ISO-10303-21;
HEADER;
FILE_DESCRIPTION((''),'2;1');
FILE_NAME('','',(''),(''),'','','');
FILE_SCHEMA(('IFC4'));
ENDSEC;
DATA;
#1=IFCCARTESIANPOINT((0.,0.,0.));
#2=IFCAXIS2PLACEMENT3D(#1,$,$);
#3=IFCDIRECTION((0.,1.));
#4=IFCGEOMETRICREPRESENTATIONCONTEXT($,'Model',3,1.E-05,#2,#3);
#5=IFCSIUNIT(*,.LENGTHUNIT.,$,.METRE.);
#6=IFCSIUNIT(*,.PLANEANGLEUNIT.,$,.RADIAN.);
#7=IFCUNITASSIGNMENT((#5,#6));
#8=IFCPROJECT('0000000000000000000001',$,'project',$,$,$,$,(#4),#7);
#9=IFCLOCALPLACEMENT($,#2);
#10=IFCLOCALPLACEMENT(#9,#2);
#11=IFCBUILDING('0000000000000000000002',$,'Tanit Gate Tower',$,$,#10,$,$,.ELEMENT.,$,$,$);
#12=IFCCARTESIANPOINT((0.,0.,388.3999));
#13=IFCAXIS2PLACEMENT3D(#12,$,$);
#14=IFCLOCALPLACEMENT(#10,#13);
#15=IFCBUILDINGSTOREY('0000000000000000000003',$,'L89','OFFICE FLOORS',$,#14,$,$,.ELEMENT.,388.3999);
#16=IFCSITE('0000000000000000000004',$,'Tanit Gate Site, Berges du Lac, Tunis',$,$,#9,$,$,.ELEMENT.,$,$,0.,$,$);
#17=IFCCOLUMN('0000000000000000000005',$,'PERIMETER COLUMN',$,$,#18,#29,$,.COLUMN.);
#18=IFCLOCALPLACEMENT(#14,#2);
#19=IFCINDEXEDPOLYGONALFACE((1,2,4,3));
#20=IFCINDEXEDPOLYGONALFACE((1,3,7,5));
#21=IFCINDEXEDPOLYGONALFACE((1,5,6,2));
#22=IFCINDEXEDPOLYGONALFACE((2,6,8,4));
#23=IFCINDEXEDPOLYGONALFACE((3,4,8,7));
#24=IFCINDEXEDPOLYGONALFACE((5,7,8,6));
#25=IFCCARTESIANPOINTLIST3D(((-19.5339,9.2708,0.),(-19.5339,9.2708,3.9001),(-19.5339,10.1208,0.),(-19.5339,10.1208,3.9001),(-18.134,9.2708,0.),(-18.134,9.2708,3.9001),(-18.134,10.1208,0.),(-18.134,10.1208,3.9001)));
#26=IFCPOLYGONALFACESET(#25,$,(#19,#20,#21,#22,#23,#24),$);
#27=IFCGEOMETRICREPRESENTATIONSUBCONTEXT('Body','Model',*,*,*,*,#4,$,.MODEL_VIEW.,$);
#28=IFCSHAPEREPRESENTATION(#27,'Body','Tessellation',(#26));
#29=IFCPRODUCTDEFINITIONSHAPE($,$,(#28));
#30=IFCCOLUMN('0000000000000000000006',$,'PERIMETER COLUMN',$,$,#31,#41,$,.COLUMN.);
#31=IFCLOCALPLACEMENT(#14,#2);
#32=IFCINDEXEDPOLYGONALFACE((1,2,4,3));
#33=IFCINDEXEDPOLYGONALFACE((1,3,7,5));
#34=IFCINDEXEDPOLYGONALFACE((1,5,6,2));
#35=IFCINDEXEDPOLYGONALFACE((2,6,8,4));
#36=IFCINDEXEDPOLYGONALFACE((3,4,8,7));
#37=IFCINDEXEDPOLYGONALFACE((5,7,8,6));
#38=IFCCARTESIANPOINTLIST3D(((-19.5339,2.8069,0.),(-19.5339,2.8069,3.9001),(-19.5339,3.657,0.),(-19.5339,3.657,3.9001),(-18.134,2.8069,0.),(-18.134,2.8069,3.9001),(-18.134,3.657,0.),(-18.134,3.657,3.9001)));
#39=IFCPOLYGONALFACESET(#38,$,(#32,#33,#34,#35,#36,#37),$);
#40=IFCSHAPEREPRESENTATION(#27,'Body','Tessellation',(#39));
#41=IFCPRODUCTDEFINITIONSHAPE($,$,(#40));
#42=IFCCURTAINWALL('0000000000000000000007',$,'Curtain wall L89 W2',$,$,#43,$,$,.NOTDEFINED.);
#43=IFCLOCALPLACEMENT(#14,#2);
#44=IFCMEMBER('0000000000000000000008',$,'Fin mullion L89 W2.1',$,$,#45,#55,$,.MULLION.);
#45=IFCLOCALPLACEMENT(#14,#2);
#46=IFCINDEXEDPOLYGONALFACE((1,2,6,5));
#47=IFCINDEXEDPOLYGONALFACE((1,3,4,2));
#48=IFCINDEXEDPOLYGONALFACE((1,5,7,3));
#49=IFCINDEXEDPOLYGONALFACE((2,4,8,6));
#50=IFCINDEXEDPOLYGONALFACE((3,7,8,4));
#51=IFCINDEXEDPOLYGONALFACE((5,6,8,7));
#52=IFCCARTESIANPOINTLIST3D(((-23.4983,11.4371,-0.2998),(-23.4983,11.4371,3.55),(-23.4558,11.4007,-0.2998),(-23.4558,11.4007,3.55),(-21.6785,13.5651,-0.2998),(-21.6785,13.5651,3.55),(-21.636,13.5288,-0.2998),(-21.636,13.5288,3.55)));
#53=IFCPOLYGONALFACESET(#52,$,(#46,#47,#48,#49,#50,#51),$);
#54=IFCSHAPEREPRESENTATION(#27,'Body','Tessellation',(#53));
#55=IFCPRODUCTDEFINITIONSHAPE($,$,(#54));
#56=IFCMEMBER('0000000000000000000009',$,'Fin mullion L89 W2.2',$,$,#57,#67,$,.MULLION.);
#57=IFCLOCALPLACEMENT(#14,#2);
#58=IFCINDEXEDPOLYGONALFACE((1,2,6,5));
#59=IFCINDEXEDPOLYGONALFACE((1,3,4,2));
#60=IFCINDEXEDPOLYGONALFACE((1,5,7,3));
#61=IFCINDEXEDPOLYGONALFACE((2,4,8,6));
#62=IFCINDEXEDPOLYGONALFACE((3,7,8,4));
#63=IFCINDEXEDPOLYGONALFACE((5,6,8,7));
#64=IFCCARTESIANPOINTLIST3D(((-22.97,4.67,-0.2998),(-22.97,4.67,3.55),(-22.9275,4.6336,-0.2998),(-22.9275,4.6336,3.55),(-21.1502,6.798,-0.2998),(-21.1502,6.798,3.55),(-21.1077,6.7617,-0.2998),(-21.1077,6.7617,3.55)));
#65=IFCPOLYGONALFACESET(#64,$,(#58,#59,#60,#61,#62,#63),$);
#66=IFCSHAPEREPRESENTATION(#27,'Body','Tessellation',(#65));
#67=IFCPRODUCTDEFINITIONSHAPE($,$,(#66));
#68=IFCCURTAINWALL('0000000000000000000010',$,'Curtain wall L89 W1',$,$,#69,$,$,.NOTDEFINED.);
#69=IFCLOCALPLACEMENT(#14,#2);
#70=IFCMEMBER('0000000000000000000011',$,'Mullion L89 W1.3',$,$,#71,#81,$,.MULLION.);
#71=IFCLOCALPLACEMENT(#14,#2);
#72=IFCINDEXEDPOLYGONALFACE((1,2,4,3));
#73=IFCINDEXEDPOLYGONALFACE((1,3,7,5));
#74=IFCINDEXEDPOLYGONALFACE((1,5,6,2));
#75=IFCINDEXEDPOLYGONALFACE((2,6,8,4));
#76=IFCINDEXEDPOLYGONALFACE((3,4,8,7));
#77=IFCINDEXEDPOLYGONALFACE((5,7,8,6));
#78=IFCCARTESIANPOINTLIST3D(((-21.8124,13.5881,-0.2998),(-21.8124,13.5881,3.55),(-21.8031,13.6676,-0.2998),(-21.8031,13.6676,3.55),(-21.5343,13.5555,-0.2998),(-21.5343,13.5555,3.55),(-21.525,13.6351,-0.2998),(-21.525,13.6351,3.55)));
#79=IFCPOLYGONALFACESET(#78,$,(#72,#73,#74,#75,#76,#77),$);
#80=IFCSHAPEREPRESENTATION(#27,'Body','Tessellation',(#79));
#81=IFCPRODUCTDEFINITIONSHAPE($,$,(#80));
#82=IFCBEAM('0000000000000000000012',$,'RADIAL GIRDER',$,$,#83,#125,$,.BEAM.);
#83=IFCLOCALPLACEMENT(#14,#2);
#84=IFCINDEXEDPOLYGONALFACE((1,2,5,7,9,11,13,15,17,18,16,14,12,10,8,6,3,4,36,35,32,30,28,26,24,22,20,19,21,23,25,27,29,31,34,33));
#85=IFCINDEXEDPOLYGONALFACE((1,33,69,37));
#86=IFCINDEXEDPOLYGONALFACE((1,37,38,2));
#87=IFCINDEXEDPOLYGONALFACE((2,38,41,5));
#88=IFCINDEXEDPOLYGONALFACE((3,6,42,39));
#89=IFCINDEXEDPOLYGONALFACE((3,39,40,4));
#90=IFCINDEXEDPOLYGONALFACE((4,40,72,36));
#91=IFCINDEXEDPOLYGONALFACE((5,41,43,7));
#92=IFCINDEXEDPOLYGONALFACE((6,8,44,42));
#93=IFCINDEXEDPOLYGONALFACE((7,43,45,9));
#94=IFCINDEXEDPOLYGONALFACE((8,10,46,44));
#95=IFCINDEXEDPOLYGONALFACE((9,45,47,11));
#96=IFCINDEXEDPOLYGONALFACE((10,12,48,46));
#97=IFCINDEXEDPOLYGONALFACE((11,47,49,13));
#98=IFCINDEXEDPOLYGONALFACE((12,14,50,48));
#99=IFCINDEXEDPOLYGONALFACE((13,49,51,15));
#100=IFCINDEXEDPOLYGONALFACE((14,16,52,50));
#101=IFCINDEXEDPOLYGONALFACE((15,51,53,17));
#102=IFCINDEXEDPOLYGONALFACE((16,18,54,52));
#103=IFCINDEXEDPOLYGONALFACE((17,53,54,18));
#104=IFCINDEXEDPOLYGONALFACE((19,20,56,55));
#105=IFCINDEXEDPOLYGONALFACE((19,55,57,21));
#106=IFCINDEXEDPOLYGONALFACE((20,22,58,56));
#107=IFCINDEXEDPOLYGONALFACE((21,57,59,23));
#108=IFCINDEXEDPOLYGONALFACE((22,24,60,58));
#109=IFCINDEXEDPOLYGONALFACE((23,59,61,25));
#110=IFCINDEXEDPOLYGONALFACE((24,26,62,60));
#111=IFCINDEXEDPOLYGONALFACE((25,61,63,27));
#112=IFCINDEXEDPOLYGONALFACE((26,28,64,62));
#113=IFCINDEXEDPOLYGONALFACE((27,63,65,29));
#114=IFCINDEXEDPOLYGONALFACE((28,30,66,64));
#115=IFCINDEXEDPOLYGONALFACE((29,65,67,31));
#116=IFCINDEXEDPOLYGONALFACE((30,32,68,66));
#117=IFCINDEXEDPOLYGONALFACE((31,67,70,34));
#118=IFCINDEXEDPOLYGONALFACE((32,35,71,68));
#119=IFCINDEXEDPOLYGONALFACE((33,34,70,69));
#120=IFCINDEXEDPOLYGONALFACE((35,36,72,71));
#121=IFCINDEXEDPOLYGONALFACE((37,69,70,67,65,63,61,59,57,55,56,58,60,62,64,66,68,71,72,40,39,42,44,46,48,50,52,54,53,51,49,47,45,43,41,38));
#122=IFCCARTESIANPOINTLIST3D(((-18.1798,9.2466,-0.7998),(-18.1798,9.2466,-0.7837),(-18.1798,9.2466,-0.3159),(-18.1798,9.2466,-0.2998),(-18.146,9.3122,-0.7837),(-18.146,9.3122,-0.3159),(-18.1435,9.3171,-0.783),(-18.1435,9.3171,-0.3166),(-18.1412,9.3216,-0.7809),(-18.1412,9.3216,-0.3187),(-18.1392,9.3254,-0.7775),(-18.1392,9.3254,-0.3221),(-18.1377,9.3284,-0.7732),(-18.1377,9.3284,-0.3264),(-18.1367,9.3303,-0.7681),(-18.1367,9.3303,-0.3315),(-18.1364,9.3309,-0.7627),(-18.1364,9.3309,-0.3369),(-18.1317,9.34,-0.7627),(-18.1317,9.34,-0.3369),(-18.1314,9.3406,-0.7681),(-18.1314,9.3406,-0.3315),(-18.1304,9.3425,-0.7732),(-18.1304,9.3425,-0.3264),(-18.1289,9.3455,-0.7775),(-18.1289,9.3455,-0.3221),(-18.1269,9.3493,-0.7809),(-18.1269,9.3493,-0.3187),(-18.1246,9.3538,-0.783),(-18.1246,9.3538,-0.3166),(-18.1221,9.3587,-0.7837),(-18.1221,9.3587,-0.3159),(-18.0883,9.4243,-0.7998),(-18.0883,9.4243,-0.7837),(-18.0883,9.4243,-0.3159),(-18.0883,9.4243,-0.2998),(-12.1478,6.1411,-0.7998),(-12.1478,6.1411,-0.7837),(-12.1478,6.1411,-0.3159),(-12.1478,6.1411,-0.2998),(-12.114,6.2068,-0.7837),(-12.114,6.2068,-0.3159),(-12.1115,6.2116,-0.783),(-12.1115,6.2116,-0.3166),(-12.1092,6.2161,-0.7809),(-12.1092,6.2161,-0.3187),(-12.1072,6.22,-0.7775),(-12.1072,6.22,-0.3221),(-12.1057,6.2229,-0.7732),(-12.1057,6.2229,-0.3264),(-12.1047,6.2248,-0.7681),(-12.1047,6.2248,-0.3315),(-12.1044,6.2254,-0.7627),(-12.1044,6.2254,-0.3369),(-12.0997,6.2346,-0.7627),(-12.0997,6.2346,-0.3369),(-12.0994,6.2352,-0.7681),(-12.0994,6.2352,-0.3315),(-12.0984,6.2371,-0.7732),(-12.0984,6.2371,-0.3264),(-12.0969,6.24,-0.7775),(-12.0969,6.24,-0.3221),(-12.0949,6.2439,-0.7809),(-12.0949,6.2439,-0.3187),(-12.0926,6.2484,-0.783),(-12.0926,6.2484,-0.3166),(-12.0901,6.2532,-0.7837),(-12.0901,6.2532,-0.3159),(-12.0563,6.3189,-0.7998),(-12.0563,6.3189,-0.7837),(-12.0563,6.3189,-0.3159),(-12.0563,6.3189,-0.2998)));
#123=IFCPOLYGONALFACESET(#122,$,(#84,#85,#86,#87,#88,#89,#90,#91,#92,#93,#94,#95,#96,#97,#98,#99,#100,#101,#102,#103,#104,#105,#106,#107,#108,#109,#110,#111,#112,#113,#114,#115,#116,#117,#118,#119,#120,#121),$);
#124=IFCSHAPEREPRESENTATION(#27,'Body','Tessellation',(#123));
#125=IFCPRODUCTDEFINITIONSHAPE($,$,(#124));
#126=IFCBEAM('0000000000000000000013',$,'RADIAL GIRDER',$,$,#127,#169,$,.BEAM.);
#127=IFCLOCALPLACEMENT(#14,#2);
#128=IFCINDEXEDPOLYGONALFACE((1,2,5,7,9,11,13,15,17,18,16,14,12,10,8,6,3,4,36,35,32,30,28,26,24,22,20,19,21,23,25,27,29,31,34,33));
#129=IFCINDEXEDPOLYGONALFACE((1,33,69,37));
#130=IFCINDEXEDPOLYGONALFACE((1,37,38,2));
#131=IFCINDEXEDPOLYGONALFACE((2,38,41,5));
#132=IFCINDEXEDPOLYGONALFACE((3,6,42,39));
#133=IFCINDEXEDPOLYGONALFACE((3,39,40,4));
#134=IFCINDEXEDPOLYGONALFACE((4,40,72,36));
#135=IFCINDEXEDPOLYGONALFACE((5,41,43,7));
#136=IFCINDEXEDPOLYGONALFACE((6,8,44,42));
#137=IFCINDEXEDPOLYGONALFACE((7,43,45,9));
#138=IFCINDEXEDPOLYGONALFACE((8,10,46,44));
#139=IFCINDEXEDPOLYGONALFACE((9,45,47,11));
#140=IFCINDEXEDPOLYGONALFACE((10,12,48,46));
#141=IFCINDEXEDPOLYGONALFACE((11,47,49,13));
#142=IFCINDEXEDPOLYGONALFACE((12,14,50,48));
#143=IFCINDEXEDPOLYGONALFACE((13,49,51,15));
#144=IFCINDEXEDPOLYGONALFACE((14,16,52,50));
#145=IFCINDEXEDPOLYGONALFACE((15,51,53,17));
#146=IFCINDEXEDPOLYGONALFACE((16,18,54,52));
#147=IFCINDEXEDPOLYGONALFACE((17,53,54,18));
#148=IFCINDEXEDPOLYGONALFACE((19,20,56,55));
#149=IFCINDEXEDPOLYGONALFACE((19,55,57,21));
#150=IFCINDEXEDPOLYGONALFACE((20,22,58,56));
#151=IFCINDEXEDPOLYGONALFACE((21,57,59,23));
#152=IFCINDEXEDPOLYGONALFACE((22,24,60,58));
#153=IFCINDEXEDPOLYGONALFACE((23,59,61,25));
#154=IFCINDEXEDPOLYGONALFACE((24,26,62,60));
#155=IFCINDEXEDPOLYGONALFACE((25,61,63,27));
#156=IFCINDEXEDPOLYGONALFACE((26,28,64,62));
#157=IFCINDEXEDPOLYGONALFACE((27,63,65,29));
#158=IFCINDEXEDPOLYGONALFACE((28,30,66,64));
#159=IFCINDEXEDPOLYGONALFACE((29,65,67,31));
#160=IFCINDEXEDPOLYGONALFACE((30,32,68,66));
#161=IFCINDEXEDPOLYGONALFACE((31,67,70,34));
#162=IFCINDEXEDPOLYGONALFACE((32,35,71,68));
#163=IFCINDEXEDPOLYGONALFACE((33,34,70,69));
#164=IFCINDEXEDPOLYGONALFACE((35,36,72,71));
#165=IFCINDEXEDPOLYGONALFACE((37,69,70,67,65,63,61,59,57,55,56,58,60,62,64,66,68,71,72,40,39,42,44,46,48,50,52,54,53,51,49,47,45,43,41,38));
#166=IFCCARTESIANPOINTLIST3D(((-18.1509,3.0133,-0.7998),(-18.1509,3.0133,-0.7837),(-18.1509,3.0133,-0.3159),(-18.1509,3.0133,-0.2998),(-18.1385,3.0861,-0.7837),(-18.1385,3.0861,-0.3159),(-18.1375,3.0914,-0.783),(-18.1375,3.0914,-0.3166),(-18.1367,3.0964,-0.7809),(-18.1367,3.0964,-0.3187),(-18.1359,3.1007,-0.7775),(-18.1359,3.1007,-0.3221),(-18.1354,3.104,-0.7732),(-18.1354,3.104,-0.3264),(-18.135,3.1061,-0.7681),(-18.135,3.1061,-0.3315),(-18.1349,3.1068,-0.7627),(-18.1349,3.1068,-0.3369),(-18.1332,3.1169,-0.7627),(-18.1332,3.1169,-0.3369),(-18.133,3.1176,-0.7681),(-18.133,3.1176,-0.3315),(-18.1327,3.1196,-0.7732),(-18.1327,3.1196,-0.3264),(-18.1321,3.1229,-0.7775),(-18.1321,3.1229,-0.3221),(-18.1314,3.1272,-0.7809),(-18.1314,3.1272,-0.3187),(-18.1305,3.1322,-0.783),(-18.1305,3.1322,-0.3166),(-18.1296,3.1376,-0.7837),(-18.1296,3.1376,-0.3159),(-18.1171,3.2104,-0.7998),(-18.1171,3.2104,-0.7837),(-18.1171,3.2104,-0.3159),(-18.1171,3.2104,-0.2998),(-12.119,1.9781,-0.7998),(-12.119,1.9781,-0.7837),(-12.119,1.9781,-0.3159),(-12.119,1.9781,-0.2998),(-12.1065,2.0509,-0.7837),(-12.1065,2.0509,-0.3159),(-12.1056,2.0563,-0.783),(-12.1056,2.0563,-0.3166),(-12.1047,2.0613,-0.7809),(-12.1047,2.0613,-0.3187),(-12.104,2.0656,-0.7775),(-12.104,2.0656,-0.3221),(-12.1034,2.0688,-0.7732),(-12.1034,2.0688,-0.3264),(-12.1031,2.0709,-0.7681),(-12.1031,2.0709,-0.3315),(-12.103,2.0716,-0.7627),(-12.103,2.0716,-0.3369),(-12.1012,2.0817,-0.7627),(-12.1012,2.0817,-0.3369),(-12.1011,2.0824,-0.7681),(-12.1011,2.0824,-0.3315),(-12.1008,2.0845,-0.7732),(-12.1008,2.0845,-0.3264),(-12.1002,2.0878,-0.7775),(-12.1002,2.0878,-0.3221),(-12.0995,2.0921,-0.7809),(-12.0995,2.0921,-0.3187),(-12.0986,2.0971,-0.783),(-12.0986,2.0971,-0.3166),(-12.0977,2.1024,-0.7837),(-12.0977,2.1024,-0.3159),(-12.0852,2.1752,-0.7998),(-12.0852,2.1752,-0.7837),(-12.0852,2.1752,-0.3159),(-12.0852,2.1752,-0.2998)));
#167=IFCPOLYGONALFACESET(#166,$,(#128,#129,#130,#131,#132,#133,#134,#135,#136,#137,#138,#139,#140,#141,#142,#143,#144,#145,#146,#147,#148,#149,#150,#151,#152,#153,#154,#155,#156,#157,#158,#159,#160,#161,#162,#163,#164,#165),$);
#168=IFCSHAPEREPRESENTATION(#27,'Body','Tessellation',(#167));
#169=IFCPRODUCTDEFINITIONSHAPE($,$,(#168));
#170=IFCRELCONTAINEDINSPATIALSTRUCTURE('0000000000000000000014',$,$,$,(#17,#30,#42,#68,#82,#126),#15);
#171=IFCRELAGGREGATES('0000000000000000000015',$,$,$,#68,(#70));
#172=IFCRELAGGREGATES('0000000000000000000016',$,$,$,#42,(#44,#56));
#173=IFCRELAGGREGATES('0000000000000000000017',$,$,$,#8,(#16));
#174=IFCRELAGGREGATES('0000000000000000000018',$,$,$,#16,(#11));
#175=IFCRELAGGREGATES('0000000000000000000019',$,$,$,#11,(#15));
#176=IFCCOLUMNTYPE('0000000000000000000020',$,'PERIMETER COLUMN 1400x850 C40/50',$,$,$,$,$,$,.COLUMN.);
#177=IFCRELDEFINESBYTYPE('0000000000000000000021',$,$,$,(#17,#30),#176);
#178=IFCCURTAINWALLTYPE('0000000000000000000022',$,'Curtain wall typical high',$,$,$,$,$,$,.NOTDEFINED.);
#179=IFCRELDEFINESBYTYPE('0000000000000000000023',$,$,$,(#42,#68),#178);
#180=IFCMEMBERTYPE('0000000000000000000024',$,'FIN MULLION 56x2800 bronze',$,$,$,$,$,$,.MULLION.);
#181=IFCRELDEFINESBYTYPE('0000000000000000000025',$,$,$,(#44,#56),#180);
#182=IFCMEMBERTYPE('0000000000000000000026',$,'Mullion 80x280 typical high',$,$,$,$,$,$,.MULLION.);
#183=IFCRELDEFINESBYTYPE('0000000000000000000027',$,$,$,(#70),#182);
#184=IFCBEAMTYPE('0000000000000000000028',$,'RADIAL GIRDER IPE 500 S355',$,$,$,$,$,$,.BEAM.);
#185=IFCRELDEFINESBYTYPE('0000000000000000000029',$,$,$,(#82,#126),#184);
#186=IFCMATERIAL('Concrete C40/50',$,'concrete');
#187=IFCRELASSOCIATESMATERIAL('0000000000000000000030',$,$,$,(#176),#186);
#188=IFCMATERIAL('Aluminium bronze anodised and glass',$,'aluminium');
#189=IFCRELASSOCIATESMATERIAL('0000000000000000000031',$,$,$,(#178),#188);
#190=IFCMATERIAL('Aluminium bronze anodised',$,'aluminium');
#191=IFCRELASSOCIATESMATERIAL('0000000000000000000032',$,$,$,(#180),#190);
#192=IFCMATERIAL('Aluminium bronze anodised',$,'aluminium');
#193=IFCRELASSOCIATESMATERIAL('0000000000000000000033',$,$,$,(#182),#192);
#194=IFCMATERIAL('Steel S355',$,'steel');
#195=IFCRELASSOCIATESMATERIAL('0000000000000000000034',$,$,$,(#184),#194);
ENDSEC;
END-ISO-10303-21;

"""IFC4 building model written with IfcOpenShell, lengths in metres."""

from ifc_helpers import new_model, si_unit, direction, frame, origin, origin_2d, place, context, subcontext, project, spatial, rectangle, i_section, extrude, material, material_profile, profile_set, type_object, element, aggregate, save


model = new_model("IFC4")

# Units and contexts
model_context = context("Model", 3, precision=1e-05, world=origin(), true_north=direction((0.0, 1.0)))
body_context = subcontext(model_context, "Body", "Model", "MODEL_VIEW")
ifc_project = project(units=[si_unit("LENGTHUNIT", "METRE"), si_unit("PLANEANGLEUNIT", "RADIAN")], contexts=[model_context])

# Site, building, storey
site_placement = place(None, origin())
site = spatial("IfcSite", under=ifc_project, at=site_placement, Name="Tanit Gate Site, Berges du Lac, Tunis", CompositionType="ELEMENT", RefElevation=0.0)
building_placement = place(site_placement, origin())
building = spatial("IfcBuilding", under=site, at=building_placement, Name="Tanit Gate Tower", CompositionType="ELEMENT")
storey_placement = place(building_placement, frame((0.0, 0.0, 388.3999)))
storey = spatial("IfcBuildingStorey", under=building, at=storey_placement, Name="L89", Description="OFFICE FLOORS", CompositionType="ELEMENT", Elevation=388.3999)

# Columns
ifc_material_1 = material(Name="Concrete C40/50", Category="concrete")
ifc_material_profile_1 = material_profile(ifc_material_1, rectangle(XDim=1.3999, YDim=0.8501, at=origin_2d()), Name="RC 1400x850")
ifc_profile_set_1 = profile_set([ifc_material_profile_1], Name="Concrete C40/50")
column_type = type_object("IfcColumnType", Name="PERIMETER COLUMN 1400x850 C40/50", PredefinedType="COLUMN", material=ifc_profile_set_1)
for number, where, z_axis, x_axis, name in (
    (1, (-18.834, 9.6958, 0.0), (0.0, 0.0, 1.0), (-1.0, 0.0, 0.0), "PERIMETER COLUMN"),
    (2, (-18.834, 3.2319, 0.0), (0.0, 0.0, 1.0), (-1.0, 0.0, 0.0), "PERIMETER COLUMN"),
):
    element("IfcColumn", number, at=place(storey_placement, frame(where, z_axis=z_axis, x_axis=x_axis)), inside=storey, type_object=column_type, Name=name, PredefinedType="COLUMN", context=body_context, shape_type="SweptSolid", body=[
        extrude(rectangle(XDim=1.3999, YDim=0.8501, at=origin_2d()), origin(), (0.0, 0.0, 1.0), 3.9001),
    ])

# Curtain wall, members
ifc_material_2 = material(Name="Aluminium bronze anodised and glass", Category="aluminium")
curtain_wall_type = type_object("IfcCurtainWallType", Name="Curtain wall typical high", PredefinedType="NOTDEFINED", material=ifc_material_2)
curtain_wall_1_placement = place(storey_placement, origin())
curtain_wall_1 = element("IfcCurtainWall", 3, at=curtain_wall_1_placement, inside=storey, type_object=curtain_wall_type, Name="Curtain wall L89 W2", PredefinedType="NOTDEFINED")
ifc_material_3 = material(Name="Aluminium bronze anodised", Category="aluminium")
ifc_material_profile_2 = material_profile(ifc_material_3, rectangle(XDim=2.8, YDim=0.0559, at=origin_2d()), Name="56x2800 bronze fin mullion")
ifc_profile_set_2 = profile_set([ifc_material_profile_2], Name="Aluminium bronze anodised")
member_type_1 = type_object("IfcMemberType", Name="FIN MULLION 56x2800 bronze", PredefinedType="MULLION", material=ifc_profile_set_2)
member_1_placement = place(storey_placement, frame((-22.5671, 12.4829, -0.2998), z_axis=(0.0, 0.0, 1.0), x_axis=(0.649921, 0.760002, 0.0)))
member_1 = element("IfcMember", 4, at=member_1_placement, type_object=member_type_1, Name="Fin mullion L89 W2.1", PredefinedType="MULLION", context=body_context, shape_type="SweptSolid", body=[
    extrude(rectangle(XDim=2.8, YDim=0.0559, at=origin_2d()), origin(), (0.0, 0.0, 1.0), 3.8499),
])
member_2_placement = place(storey_placement, frame((-22.0388, 5.7158, -0.2998), z_axis=(0.0, 0.0, 1.0), x_axis=(0.649921, 0.760002, 0.0)))
member_2 = element("IfcMember", 5, at=member_2_placement, type_object=member_type_1, Name="Fin mullion L89 W2.2", PredefinedType="MULLION", context=body_context, shape_type="SweptSolid", body=[
    extrude(rectangle(XDim=2.8, YDim=0.0559, at=origin_2d()), origin(), (0.0, 0.0, 1.0), 3.8499),
])

# Curtain wall, member
curtain_wall_2_placement = place(storey_placement, origin())
curtain_wall_2 = element("IfcCurtainWall", 6, at=curtain_wall_2_placement, inside=storey, type_object=curtain_wall_type, Name="Curtain wall L89 W1", PredefinedType="NOTDEFINED")
ifc_material_4 = material(Name="Aluminium bronze anodised", Category="aluminium")
ifc_material_profile_3 = material_profile(ifc_material_4, rectangle(XDim=0.28, YDim=0.0801, at=origin_2d()), Name="80x280 bronze mullion")
ifc_profile_set_3 = profile_set([ifc_material_profile_3], Name="Aluminium bronze anodised")
member_type_2 = type_object("IfcMemberType", Name="Mullion 80x280 typical high", PredefinedType="MULLION", material=ifc_profile_set_3)
member_3_placement = place(storey_placement, frame((-21.6687, 13.6116, -0.2998), z_axis=(0.0, 0.0, 1.0), x_axis=(0.993212, -0.116318, 0.0)))
member_3 = element("IfcMember", 7, at=member_3_placement, type_object=member_type_2, Name="Mullion L89 W1.3", PredefinedType="MULLION", context=body_context, shape_type="SweptSolid", body=[
    extrude(rectangle(XDim=0.28, YDim=0.0801, at=origin_2d()), origin(), (0.0, 0.0, 1.0), 3.8499),
])
aggregate(curtain_wall_2, [member_3])

# Beams
ifc_material_5 = material(Name="Steel S355", Category="steel")
ifc_material_profile_4 = material_profile(ifc_material_5, i_section(OverallWidth=0.2, OverallDepth=0.5, WebThickness=0.0103, FlangeThickness=0.0161, FilletRadius=0.021, at=origin_2d()), Name="IPE 500")
ifc_profile_set_4 = profile_set([ifc_material_profile_4], Name="Steel S355")
beam_type_1 = type_object("IfcBeamType", Name="RADIAL GIRDER IPE 500 S355", PredefinedType="BEAM", material=ifc_profile_set_4)
beam_1_placement = place(storey_placement, frame((-18.134, 9.3354, -0.5498), z_axis=(0.88909, -0.457733, 0.0), x_axis=(0.457733, 0.88909, 0.0)))
element("IfcBeam", 8, at=beam_1_placement, inside=storey, type_object=beam_type_1, Name="RADIAL GIRDER", PredefinedType="BEAM", context=body_context, shape_type="SweptSolid", body=[
    extrude(i_section(OverallWidth=0.2, OverallDepth=0.5, WebThickness=0.0103, FlangeThickness=0.0161, FilletRadius=0.021, at=origin_2d()), origin(), (0.0, 0.0, 1.0), 6.7844),
])
beam_2_placement = place(storey_placement, frame((-18.134, 3.1118, -0.5498), z_axis=(0.985592, -0.169139, 0.0), x_axis=(0.169139, 0.985592, 0.0)))
element("IfcBeam", 9, at=beam_2_placement, inside=storey, type_object=beam_type_1, Name="RADIAL GIRDER", PredefinedType="BEAM", context=body_context, shape_type="SweptSolid", body=[
    extrude(i_section(OverallWidth=0.2, OverallDepth=0.5, WebThickness=0.0103, FlangeThickness=0.0161, FilletRadius=0.021, at=origin_2d()), origin(), (0.0, 0.0, 1.0), 6.1201),
])

aggregate(curtain_wall_1, [member_1, member_2])

save(model, "model.ifc")
